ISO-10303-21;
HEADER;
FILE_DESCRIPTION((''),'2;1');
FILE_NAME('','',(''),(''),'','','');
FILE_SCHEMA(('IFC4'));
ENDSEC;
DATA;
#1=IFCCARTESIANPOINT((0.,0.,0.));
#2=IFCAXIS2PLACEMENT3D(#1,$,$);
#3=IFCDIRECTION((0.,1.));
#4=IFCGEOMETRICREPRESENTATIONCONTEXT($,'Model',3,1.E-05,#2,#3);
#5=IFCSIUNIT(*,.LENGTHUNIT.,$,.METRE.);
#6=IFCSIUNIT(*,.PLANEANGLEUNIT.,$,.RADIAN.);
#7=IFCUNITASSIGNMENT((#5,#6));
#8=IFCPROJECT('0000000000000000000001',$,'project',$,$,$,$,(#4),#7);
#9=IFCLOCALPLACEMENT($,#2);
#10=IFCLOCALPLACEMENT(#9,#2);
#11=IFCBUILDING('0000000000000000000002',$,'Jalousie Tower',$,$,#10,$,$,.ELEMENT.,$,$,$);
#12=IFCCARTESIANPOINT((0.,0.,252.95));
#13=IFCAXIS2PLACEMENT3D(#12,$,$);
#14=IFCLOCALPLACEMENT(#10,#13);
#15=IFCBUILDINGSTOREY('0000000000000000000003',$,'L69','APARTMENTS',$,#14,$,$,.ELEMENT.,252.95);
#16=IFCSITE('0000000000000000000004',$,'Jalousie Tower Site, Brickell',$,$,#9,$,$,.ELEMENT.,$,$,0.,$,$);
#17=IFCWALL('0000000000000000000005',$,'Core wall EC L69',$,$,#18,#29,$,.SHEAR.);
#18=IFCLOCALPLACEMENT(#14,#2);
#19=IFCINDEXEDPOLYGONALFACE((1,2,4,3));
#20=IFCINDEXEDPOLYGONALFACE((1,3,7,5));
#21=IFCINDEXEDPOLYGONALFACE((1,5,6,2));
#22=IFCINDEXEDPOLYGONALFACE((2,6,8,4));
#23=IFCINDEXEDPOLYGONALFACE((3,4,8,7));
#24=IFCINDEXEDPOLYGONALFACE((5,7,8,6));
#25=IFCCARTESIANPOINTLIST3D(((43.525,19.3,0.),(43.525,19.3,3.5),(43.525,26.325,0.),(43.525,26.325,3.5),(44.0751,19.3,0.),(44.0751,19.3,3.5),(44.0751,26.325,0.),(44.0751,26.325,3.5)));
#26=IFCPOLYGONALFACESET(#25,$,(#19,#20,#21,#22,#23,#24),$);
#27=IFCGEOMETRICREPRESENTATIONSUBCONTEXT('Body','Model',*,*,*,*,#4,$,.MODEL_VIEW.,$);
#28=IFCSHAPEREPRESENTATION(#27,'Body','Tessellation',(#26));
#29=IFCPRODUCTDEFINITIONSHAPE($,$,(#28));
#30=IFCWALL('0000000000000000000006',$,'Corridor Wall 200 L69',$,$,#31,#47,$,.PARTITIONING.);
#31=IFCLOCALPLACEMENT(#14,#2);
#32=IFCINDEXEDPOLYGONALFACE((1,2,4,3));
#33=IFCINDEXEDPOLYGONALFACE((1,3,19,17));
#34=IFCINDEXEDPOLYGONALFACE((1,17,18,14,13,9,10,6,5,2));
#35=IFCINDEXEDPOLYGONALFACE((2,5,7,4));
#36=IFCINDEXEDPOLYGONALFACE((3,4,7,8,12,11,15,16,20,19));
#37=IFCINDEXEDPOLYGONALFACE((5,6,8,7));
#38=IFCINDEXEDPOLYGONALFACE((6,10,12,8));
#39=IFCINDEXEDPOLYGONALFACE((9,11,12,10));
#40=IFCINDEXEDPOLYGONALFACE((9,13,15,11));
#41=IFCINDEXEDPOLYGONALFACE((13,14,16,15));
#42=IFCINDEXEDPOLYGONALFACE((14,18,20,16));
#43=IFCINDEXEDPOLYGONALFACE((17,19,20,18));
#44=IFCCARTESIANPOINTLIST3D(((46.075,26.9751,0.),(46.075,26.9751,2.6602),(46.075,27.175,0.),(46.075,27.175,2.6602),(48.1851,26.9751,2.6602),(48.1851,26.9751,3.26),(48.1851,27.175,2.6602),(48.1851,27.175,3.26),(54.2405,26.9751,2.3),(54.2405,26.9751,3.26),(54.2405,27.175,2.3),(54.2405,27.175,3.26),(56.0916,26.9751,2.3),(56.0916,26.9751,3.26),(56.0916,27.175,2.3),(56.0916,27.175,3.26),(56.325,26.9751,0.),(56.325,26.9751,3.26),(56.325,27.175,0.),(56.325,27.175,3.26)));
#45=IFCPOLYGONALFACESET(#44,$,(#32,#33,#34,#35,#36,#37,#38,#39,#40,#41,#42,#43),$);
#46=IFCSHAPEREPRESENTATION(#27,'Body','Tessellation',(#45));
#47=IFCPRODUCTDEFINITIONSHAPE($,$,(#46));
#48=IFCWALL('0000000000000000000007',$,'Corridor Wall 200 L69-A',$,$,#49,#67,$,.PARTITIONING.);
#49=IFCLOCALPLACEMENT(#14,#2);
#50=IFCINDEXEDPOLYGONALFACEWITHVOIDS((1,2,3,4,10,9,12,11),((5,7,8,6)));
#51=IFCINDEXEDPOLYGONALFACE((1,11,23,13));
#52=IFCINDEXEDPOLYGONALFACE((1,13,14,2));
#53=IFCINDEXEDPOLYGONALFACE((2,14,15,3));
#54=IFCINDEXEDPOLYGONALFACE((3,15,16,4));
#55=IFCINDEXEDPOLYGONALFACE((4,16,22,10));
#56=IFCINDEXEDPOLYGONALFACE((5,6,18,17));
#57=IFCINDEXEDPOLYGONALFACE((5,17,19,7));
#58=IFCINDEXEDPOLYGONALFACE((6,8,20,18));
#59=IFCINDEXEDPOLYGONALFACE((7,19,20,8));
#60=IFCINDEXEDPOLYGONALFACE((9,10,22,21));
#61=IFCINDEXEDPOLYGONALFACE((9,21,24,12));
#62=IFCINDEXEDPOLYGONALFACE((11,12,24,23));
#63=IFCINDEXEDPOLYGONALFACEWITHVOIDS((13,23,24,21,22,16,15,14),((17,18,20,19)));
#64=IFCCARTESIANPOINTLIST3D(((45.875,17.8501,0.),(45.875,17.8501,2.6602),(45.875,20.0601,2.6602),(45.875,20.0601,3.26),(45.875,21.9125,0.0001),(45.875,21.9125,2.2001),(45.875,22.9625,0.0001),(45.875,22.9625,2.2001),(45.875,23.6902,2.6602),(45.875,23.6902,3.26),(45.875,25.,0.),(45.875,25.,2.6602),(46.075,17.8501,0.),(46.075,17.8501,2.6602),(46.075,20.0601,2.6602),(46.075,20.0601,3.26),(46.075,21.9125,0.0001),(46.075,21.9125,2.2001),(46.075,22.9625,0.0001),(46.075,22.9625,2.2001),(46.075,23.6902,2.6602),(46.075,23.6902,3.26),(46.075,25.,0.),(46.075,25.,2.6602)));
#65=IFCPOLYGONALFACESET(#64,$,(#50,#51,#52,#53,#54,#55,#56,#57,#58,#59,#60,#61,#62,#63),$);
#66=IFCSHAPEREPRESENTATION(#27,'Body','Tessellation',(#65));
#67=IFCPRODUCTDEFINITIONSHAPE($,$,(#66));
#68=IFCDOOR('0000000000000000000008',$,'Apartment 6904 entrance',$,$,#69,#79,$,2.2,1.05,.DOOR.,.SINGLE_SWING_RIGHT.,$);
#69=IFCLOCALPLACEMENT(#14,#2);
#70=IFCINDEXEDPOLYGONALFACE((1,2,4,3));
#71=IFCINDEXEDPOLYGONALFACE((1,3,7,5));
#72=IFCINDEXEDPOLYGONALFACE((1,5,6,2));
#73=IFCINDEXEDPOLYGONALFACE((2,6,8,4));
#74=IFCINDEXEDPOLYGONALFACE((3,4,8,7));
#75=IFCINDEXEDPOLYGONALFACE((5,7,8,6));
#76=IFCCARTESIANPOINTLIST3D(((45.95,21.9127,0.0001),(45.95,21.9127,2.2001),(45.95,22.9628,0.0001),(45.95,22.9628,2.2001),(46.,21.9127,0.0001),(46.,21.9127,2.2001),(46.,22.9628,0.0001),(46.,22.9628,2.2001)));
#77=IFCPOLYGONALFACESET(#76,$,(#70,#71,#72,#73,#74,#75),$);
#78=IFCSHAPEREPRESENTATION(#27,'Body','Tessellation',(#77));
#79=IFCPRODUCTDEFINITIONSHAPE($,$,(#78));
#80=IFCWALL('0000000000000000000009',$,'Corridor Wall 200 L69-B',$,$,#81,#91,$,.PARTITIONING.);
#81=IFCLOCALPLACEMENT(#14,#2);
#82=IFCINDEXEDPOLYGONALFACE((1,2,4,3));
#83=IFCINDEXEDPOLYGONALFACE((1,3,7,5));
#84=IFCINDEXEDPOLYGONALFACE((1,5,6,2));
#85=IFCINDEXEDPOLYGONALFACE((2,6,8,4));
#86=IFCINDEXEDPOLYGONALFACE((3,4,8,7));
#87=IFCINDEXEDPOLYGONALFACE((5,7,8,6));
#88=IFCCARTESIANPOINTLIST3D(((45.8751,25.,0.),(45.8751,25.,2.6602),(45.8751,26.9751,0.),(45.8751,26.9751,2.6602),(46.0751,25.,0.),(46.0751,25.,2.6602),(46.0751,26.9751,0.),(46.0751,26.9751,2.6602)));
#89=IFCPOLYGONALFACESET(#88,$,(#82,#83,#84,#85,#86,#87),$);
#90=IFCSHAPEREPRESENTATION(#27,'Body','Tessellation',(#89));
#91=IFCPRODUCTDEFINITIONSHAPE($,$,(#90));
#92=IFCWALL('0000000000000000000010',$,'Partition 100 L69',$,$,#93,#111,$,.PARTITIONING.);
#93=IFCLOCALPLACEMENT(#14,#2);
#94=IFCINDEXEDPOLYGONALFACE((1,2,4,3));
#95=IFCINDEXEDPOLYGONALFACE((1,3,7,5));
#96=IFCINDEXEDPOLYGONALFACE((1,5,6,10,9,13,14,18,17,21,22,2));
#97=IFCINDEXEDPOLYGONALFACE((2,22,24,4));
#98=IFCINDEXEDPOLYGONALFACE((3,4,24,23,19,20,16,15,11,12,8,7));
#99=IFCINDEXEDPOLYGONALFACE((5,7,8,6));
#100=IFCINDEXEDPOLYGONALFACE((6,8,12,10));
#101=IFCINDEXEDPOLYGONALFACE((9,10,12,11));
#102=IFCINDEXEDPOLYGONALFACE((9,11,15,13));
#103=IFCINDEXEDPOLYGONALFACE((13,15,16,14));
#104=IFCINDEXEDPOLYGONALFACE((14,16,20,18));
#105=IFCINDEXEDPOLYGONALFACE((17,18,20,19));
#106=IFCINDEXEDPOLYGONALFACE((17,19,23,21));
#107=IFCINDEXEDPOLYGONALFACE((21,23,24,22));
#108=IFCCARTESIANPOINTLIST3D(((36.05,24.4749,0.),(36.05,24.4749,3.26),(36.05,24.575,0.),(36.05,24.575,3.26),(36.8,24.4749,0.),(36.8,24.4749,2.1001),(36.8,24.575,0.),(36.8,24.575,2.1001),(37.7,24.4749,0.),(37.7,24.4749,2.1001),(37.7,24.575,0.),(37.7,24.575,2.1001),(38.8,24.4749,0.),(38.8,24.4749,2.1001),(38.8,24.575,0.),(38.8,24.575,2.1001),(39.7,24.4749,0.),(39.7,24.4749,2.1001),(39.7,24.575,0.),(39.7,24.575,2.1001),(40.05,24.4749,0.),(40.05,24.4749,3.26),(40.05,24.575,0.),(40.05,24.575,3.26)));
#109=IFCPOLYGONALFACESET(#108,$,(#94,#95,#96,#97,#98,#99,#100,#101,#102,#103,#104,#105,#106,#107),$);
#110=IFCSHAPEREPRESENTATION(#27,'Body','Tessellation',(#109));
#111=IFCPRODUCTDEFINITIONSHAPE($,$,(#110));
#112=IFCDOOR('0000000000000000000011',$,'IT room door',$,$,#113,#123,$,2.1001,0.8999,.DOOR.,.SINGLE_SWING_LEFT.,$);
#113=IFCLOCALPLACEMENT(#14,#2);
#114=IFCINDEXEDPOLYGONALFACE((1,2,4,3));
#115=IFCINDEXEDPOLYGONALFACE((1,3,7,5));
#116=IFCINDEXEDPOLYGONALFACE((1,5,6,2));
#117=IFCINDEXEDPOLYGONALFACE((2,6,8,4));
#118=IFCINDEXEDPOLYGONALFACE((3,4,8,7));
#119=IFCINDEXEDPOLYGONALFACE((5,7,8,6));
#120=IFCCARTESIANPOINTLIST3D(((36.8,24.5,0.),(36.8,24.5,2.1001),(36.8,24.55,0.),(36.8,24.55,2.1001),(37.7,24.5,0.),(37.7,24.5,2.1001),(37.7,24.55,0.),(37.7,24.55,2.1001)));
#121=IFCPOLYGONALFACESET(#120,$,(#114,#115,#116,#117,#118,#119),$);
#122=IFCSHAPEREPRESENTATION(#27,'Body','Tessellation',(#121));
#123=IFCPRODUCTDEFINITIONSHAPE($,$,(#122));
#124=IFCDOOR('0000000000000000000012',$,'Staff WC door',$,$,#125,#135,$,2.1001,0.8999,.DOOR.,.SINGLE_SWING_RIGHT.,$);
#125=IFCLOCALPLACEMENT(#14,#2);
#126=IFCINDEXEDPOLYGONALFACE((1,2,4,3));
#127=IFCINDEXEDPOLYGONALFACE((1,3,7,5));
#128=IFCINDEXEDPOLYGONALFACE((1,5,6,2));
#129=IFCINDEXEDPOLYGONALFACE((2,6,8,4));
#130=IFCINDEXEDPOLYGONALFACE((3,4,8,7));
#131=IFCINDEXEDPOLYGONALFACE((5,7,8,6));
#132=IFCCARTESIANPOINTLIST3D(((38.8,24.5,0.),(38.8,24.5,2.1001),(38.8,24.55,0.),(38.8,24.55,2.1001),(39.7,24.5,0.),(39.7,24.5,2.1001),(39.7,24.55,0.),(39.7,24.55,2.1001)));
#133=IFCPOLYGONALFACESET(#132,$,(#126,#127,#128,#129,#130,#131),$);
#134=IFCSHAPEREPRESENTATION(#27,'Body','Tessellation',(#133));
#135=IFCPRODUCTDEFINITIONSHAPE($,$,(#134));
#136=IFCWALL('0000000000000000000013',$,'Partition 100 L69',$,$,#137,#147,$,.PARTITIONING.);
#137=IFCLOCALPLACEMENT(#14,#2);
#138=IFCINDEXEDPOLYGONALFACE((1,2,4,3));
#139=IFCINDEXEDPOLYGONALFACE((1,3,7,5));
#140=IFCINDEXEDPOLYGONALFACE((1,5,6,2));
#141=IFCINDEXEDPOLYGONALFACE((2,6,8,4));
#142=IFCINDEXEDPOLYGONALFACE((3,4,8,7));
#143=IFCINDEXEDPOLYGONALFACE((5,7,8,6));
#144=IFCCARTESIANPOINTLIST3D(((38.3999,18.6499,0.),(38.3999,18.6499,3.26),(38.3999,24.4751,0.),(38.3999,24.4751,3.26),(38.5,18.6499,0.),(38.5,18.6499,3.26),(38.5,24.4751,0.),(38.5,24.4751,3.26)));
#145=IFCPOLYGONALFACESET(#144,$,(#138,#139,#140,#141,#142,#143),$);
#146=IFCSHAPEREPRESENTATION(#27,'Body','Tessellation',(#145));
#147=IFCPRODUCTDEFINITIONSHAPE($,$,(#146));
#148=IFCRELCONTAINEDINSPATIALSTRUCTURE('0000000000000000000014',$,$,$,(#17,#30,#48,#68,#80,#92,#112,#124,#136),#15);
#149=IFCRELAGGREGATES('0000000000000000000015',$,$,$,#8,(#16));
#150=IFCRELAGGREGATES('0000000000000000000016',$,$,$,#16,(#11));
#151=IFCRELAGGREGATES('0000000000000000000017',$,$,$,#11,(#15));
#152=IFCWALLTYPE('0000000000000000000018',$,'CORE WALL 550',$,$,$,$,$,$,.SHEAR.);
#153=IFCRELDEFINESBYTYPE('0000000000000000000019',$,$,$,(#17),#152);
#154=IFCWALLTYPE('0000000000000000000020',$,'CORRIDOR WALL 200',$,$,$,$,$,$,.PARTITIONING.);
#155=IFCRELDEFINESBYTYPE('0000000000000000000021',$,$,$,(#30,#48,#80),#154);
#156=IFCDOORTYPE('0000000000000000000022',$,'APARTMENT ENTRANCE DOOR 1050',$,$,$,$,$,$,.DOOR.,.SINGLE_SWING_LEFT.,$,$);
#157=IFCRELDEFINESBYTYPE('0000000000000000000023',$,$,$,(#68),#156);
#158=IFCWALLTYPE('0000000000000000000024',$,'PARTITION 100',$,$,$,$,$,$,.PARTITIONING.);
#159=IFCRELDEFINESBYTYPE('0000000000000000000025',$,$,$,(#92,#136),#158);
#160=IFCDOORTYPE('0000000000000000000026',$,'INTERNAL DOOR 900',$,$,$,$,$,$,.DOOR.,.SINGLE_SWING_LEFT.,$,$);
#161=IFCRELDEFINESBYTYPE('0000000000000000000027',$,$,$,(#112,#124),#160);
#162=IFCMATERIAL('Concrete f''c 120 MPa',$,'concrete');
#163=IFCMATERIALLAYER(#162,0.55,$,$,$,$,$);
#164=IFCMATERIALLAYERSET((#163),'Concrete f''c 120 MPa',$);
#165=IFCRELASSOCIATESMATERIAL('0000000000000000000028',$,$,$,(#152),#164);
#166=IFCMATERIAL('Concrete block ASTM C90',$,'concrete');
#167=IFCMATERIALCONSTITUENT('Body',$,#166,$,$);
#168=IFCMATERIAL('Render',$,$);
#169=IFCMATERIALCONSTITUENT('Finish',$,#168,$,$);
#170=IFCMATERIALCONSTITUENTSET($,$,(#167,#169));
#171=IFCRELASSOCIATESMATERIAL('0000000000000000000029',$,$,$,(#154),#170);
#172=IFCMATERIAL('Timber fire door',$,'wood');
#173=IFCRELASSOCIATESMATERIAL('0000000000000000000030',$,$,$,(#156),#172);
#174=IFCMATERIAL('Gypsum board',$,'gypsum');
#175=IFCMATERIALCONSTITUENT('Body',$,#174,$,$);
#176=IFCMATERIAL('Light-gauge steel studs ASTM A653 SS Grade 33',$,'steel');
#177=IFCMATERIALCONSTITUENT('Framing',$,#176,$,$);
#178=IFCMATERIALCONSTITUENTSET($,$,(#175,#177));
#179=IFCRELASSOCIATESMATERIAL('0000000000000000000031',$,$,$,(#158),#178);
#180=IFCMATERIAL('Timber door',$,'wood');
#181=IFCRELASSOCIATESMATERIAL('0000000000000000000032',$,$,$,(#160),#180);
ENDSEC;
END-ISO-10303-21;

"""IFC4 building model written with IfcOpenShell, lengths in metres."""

from ifc_helpers import new_model, si_unit, direction, frame, frame_2d, origin, place, context, subcontext, project, spatial, polyline, rectangle, outline, extrude, material, layer, layer_set, constituent, constituent_set, type_object, element, fill, save


model = new_model("IFC4")

# Units and contexts
model_context = context("Model", 3, precision=1e-05, world=origin(), true_north=direction((0.0, 1.0)))
body_context = subcontext(model_context, "Body", "Model", "MODEL_VIEW")
ifc_project = project(units=[si_unit("LENGTHUNIT", "METRE"), si_unit("PLANEANGLEUNIT", "RADIAN")], contexts=[model_context])

# Site, building, storey
site_placement = place(None, origin())
site = spatial("IfcSite", under=ifc_project, at=site_placement, Name="Jalousie Tower Site, Brickell", CompositionType="ELEMENT", RefElevation=0.0)
building_placement = place(site_placement, origin())
building = spatial("IfcBuilding", under=site, at=building_placement, Name="Jalousie Tower", CompositionType="ELEMENT")
storey_placement = place(building_placement, frame((0.0, 0.0, 252.95)))
storey = spatial("IfcBuildingStorey", under=building, at=storey_placement, Name="L69", Description="APARTMENTS", CompositionType="ELEMENT", Elevation=252.95)

# Walls
ifc_material_1 = material(Name="Concrete f'c 120 MPa", Category="concrete")
ifc_layer_1 = layer(ifc_material_1, 0.55)
ifc_layer_set_1 = layer_set([ifc_layer_1], Name="Concrete f'c 120 MPa")
wall_type_1 = type_object("IfcWallType", Name="CORE WALL 550", PredefinedType="SHEAR", material=ifc_layer_set_1)
wall_1_placement = place(storey_placement, frame((43.8, 19.3, 0.0), z_axis=(0.0, 0.0, 1.0), x_axis=(0.0, 1.0, 0.0)))
element("IfcWall", 1, at=wall_1_placement, inside=storey, type_object=wall_type_1, Name="Core wall EC L69", PredefinedType="SHEAR", context=body_context, shape_type="SweptSolid", body=[
    extrude(rectangle(XDim=7.0249, YDim=0.55, at=frame_2d((3.5125, 0.0))), origin(), (0.0, 0.0, 1.0), 3.5),
])
ifc_material_2 = material(Name="Concrete block ASTM C90", Category="concrete")
ifc_constituent_1 = constituent(ifc_material_2, Name="Body")
ifc_material_3 = material(Name="Render")
ifc_constituent_2 = constituent(ifc_material_3, Name="Finish")
ifc_constituent_set_1 = constituent_set(constituents=[ifc_constituent_1, ifc_constituent_2])
wall_type_2 = type_object("IfcWallType", Name="CORRIDOR WALL 200", PredefinedType="PARTITIONING", material=ifc_constituent_set_1)
wall_2_placement = place(storey_placement, frame((46.075, 27.075, 0.0), z_axis=(0.0, 0.0, 1.0), x_axis=(1.0, 0.0, 0.0)))
element("IfcWall", 2, at=wall_2_placement, inside=storey, type_object=wall_type_2, Name="Corridor Wall 200 L69", PredefinedType="PARTITIONING", context=body_context, shape_type="SweptSolid", body=[
    extrude(outline(polyline([(0.0, 0.0), (10.25, 0.0), (10.25, 3.26), (10.0166, 3.26), (10.0166, 2.3), (8.1655, 2.3), (8.1655, 3.26), (2.1101, 3.26), (2.1101, 2.6602), (0.0, 2.6602), (0.0, 3.26), (0.0, 0.0)])), frame((0.0, 0.1001, 0.0), z_axis=(0.0, -1.0, 0.0), x_axis=(1.0, 0.0, 0.0)), (0.0, 0.0, 1.0), 0.2),
])

# Wall, opening, door
wall_3_placement = place(storey_placement, frame((45.9751, 17.8501, 0.0), z_axis=(0.0, 0.0, 1.0), x_axis=(0.0, 1.0, 0.0)))
wall_3 = element("IfcWall", 3, at=wall_3_placement, inside=storey, type_object=wall_type_2, Name="Corridor Wall 200 L69-A", PredefinedType="PARTITIONING", context=body_context, shape_type="SweptSolid", body=[
    extrude(outline(polyline([(0.0, 0.0), (7.1499, 0.0), (7.1499, 2.6602), (5.8401, 2.6602), (5.8401, 3.26), (2.21, 3.26), (2.21, 2.6602), (0.0, 2.6602), (0.0, 0.0)])), frame((0.0, 0.1001, 0.0), z_axis=(0.0, -1.0, 0.0), x_axis=(1.0, 0.0, 0.0)), (0.0, 0.0, 1.0), 0.2),
])
opening_1_placement = place(wall_3_placement, frame((4.0625, 0.0, 0.0)))
opening_1 = element("IfcOpeningElement", 4, at=opening_1_placement, cuts=wall_3, PredefinedType="OPENING", context=body_context, shape_type="SweptSolid", body=[
    extrude(rectangle(XDim=1.05, YDim=2.2, at=frame_2d((0.5249, 1.1001))), frame((0.0, 0.1099, 0.0), z_axis=(0.0, -1.0, 0.0), x_axis=(1.0, 0.0, 0.0)), (0.0, 0.0, 1.0), 0.22),
])
ifc_material_4 = material(Name="Timber fire door", Category="wood")
door_type_1 = type_object("IfcDoorType", Name="APARTMENT ENTRANCE DOOR 1050", OperationType="SINGLE_SWING_LEFT", PredefinedType="DOOR", material=ifc_material_4)
door_1_placement = place(opening_1_placement, frame((1.05, 0.0, 0.0), z_axis=(0.0, 0.0, 1.0), x_axis=(-1.0, 0.0, 0.0)))
door_1 = element("IfcDoor", 5, at=door_1_placement, inside=storey, type_object=door_type_1, Name="Apartment 6904 entrance", OperationType="SINGLE_SWING_RIGHT", OverallHeight=2.2, OverallWidth=1.05, PredefinedType="DOOR", context=body_context, shape_type="SweptSolid", body=[
    extrude(rectangle(XDim=1.05, YDim=2.2, at=frame_2d((0.5249, 1.1001))), frame((0.0, 0.0249, 0.0), z_axis=(0.0, -1.0, 0.0), x_axis=(1.0, 0.0, 0.0)), (0.0, 0.0, 1.0), 0.05),
])
fill(opening_1, door_1)

# Wall
wall_4_placement = place(storey_placement, frame((45.9751, 25.0, 0.0), z_axis=(0.0, 0.0, 1.0), x_axis=(0.0, 1.0, 0.0)))
element("IfcWall", 6, at=wall_4_placement, inside=storey, type_object=wall_type_2, Name="Corridor Wall 200 L69-B", PredefinedType="PARTITIONING", context=body_context, shape_type="SweptSolid", body=[
    extrude(rectangle(XDim=1.9751, YDim=0.2, at=frame_2d((0.9875, 0.0))), origin(), (0.0, 0.0, 1.0), 2.6602),
])

# Wall, openings, doors
ifc_material_5 = material(Name="Gypsum board", Category="gypsum")
ifc_constituent_3 = constituent(ifc_material_5, Name="Body")
ifc_material_6 = material(Name="Light-gauge steel studs ASTM A653 SS Grade 33", Category="steel")
ifc_constituent_4 = constituent(ifc_material_6, Name="Framing")
ifc_constituent_set_2 = constituent_set(constituents=[ifc_constituent_3, ifc_constituent_4])
wall_type_3 = type_object("IfcWallType", Name="PARTITION 100", PredefinedType="PARTITIONING", material=ifc_constituent_set_2)
wall_5_placement = place(storey_placement, frame((36.05, 24.5249, 0.0), z_axis=(0.0, 0.0, 1.0), x_axis=(1.0, 0.0, 0.0)))
wall_5 = element("IfcWall", 7, at=wall_5_placement, inside=storey, type_object=wall_type_3, Name="Partition 100 L69", PredefinedType="PARTITIONING", context=body_context, shape_type="SweptSolid", body=[
    extrude(rectangle(XDim=4.0, YDim=0.1001, at=frame_2d((2.0, 0.0))), origin(), (0.0, 0.0, 1.0), 3.26),
])
opening_2_placement = place(wall_5_placement, frame((0.75, 0.0, 0.0)))
opening_2 = element("IfcOpeningElement", 8, at=opening_2_placement, cuts=wall_5, PredefinedType="OPENING", context=body_context, shape_type="SweptSolid", body=[
    extrude(rectangle(XDim=0.8999, YDim=2.1001, at=frame_2d((0.45, 1.05))), frame((0.0, 0.0601, 0.0), z_axis=(0.0, -1.0, 0.0), x_axis=(1.0, 0.0, 0.0)), (0.0, 0.0, 1.0), 0.1201),
])
opening_3_placement = place(wall_5_placement, frame((2.75, 0.0, 0.0)))
opening_3 = element("IfcOpeningElement", 9, at=opening_3_placement, cuts=wall_5, PredefinedType="OPENING", context=body_context, shape_type="SweptSolid", body=[
    extrude(rectangle(XDim=0.8999, YDim=2.1001, at=frame_2d((0.45, 1.05))), frame((0.0, 0.0601, 0.0), z_axis=(0.0, -1.0, 0.0), x_axis=(1.0, 0.0, 0.0)), (0.0, 0.0, 1.0), 0.1201),
])
ifc_material_7 = material(Name="Timber door", Category="wood")
door_type_2 = type_object("IfcDoorType", Name="INTERNAL DOOR 900", OperationType="SINGLE_SWING_LEFT", PredefinedType="DOOR", material=ifc_material_7)
door_2_placement = place(opening_2_placement, frame((0.8999, 0.0, 0.0), z_axis=(0.0, 0.0, 1.0), x_axis=(-1.0, 0.0, 0.0)))
door_2 = element("IfcDoor", 10, at=door_2_placement, inside=storey, type_object=door_type_2, Name="IT room door", OperationType="SINGLE_SWING_LEFT", OverallHeight=2.1001, OverallWidth=0.8999, PredefinedType="DOOR", context=body_context, shape_type="SweptSolid", body=[
    extrude(rectangle(XDim=0.8999, YDim=2.1001, at=frame_2d((0.45, 1.05))), frame((0.0, 0.0249, 0.0), z_axis=(0.0, -1.0, 0.0), x_axis=(1.0, 0.0, 0.0)), (0.0, 0.0, 1.0), 0.05),
])
fill(opening_2, door_2)
door_3_placement = place(opening_3_placement, frame((0.8999, 0.0, 0.0), z_axis=(0.0, 0.0, 1.0), x_axis=(-1.0, 0.0, 0.0)))
door_3 = element("IfcDoor", 11, at=door_3_placement, inside=storey, type_object=door_type_2, Name="Staff WC door", OperationType="SINGLE_SWING_RIGHT", OverallHeight=2.1001, OverallWidth=0.8999, PredefinedType="DOOR", context=body_context, shape_type="SweptSolid", body=[
    extrude(rectangle(XDim=0.8999, YDim=2.1001, at=frame_2d((0.45, 1.05))), frame((0.0, 0.0249, 0.0), z_axis=(0.0, -1.0, 0.0), x_axis=(1.0, 0.0, 0.0)), (0.0, 0.0, 1.0), 0.05),
])
fill(opening_3, door_3)

# Wall
wall_6_placement = place(storey_placement, frame((38.45, 18.6499, 0.0), z_axis=(0.0, 0.0, 1.0), x_axis=(0.0, 1.0, 0.0)))
element("IfcWall", 12, at=wall_6_placement, inside=storey, type_object=wall_type_3, Name="Partition 100 L69", PredefinedType="PARTITIONING", context=body_context, shape_type="SweptSolid", body=[
    extrude(rectangle(XDim=5.8252, YDim=0.1001, at=frame_2d((2.9126, 0.0))), origin(), (0.0, 0.0, 1.0), 3.26),
])

save(model, "model.ifc")
